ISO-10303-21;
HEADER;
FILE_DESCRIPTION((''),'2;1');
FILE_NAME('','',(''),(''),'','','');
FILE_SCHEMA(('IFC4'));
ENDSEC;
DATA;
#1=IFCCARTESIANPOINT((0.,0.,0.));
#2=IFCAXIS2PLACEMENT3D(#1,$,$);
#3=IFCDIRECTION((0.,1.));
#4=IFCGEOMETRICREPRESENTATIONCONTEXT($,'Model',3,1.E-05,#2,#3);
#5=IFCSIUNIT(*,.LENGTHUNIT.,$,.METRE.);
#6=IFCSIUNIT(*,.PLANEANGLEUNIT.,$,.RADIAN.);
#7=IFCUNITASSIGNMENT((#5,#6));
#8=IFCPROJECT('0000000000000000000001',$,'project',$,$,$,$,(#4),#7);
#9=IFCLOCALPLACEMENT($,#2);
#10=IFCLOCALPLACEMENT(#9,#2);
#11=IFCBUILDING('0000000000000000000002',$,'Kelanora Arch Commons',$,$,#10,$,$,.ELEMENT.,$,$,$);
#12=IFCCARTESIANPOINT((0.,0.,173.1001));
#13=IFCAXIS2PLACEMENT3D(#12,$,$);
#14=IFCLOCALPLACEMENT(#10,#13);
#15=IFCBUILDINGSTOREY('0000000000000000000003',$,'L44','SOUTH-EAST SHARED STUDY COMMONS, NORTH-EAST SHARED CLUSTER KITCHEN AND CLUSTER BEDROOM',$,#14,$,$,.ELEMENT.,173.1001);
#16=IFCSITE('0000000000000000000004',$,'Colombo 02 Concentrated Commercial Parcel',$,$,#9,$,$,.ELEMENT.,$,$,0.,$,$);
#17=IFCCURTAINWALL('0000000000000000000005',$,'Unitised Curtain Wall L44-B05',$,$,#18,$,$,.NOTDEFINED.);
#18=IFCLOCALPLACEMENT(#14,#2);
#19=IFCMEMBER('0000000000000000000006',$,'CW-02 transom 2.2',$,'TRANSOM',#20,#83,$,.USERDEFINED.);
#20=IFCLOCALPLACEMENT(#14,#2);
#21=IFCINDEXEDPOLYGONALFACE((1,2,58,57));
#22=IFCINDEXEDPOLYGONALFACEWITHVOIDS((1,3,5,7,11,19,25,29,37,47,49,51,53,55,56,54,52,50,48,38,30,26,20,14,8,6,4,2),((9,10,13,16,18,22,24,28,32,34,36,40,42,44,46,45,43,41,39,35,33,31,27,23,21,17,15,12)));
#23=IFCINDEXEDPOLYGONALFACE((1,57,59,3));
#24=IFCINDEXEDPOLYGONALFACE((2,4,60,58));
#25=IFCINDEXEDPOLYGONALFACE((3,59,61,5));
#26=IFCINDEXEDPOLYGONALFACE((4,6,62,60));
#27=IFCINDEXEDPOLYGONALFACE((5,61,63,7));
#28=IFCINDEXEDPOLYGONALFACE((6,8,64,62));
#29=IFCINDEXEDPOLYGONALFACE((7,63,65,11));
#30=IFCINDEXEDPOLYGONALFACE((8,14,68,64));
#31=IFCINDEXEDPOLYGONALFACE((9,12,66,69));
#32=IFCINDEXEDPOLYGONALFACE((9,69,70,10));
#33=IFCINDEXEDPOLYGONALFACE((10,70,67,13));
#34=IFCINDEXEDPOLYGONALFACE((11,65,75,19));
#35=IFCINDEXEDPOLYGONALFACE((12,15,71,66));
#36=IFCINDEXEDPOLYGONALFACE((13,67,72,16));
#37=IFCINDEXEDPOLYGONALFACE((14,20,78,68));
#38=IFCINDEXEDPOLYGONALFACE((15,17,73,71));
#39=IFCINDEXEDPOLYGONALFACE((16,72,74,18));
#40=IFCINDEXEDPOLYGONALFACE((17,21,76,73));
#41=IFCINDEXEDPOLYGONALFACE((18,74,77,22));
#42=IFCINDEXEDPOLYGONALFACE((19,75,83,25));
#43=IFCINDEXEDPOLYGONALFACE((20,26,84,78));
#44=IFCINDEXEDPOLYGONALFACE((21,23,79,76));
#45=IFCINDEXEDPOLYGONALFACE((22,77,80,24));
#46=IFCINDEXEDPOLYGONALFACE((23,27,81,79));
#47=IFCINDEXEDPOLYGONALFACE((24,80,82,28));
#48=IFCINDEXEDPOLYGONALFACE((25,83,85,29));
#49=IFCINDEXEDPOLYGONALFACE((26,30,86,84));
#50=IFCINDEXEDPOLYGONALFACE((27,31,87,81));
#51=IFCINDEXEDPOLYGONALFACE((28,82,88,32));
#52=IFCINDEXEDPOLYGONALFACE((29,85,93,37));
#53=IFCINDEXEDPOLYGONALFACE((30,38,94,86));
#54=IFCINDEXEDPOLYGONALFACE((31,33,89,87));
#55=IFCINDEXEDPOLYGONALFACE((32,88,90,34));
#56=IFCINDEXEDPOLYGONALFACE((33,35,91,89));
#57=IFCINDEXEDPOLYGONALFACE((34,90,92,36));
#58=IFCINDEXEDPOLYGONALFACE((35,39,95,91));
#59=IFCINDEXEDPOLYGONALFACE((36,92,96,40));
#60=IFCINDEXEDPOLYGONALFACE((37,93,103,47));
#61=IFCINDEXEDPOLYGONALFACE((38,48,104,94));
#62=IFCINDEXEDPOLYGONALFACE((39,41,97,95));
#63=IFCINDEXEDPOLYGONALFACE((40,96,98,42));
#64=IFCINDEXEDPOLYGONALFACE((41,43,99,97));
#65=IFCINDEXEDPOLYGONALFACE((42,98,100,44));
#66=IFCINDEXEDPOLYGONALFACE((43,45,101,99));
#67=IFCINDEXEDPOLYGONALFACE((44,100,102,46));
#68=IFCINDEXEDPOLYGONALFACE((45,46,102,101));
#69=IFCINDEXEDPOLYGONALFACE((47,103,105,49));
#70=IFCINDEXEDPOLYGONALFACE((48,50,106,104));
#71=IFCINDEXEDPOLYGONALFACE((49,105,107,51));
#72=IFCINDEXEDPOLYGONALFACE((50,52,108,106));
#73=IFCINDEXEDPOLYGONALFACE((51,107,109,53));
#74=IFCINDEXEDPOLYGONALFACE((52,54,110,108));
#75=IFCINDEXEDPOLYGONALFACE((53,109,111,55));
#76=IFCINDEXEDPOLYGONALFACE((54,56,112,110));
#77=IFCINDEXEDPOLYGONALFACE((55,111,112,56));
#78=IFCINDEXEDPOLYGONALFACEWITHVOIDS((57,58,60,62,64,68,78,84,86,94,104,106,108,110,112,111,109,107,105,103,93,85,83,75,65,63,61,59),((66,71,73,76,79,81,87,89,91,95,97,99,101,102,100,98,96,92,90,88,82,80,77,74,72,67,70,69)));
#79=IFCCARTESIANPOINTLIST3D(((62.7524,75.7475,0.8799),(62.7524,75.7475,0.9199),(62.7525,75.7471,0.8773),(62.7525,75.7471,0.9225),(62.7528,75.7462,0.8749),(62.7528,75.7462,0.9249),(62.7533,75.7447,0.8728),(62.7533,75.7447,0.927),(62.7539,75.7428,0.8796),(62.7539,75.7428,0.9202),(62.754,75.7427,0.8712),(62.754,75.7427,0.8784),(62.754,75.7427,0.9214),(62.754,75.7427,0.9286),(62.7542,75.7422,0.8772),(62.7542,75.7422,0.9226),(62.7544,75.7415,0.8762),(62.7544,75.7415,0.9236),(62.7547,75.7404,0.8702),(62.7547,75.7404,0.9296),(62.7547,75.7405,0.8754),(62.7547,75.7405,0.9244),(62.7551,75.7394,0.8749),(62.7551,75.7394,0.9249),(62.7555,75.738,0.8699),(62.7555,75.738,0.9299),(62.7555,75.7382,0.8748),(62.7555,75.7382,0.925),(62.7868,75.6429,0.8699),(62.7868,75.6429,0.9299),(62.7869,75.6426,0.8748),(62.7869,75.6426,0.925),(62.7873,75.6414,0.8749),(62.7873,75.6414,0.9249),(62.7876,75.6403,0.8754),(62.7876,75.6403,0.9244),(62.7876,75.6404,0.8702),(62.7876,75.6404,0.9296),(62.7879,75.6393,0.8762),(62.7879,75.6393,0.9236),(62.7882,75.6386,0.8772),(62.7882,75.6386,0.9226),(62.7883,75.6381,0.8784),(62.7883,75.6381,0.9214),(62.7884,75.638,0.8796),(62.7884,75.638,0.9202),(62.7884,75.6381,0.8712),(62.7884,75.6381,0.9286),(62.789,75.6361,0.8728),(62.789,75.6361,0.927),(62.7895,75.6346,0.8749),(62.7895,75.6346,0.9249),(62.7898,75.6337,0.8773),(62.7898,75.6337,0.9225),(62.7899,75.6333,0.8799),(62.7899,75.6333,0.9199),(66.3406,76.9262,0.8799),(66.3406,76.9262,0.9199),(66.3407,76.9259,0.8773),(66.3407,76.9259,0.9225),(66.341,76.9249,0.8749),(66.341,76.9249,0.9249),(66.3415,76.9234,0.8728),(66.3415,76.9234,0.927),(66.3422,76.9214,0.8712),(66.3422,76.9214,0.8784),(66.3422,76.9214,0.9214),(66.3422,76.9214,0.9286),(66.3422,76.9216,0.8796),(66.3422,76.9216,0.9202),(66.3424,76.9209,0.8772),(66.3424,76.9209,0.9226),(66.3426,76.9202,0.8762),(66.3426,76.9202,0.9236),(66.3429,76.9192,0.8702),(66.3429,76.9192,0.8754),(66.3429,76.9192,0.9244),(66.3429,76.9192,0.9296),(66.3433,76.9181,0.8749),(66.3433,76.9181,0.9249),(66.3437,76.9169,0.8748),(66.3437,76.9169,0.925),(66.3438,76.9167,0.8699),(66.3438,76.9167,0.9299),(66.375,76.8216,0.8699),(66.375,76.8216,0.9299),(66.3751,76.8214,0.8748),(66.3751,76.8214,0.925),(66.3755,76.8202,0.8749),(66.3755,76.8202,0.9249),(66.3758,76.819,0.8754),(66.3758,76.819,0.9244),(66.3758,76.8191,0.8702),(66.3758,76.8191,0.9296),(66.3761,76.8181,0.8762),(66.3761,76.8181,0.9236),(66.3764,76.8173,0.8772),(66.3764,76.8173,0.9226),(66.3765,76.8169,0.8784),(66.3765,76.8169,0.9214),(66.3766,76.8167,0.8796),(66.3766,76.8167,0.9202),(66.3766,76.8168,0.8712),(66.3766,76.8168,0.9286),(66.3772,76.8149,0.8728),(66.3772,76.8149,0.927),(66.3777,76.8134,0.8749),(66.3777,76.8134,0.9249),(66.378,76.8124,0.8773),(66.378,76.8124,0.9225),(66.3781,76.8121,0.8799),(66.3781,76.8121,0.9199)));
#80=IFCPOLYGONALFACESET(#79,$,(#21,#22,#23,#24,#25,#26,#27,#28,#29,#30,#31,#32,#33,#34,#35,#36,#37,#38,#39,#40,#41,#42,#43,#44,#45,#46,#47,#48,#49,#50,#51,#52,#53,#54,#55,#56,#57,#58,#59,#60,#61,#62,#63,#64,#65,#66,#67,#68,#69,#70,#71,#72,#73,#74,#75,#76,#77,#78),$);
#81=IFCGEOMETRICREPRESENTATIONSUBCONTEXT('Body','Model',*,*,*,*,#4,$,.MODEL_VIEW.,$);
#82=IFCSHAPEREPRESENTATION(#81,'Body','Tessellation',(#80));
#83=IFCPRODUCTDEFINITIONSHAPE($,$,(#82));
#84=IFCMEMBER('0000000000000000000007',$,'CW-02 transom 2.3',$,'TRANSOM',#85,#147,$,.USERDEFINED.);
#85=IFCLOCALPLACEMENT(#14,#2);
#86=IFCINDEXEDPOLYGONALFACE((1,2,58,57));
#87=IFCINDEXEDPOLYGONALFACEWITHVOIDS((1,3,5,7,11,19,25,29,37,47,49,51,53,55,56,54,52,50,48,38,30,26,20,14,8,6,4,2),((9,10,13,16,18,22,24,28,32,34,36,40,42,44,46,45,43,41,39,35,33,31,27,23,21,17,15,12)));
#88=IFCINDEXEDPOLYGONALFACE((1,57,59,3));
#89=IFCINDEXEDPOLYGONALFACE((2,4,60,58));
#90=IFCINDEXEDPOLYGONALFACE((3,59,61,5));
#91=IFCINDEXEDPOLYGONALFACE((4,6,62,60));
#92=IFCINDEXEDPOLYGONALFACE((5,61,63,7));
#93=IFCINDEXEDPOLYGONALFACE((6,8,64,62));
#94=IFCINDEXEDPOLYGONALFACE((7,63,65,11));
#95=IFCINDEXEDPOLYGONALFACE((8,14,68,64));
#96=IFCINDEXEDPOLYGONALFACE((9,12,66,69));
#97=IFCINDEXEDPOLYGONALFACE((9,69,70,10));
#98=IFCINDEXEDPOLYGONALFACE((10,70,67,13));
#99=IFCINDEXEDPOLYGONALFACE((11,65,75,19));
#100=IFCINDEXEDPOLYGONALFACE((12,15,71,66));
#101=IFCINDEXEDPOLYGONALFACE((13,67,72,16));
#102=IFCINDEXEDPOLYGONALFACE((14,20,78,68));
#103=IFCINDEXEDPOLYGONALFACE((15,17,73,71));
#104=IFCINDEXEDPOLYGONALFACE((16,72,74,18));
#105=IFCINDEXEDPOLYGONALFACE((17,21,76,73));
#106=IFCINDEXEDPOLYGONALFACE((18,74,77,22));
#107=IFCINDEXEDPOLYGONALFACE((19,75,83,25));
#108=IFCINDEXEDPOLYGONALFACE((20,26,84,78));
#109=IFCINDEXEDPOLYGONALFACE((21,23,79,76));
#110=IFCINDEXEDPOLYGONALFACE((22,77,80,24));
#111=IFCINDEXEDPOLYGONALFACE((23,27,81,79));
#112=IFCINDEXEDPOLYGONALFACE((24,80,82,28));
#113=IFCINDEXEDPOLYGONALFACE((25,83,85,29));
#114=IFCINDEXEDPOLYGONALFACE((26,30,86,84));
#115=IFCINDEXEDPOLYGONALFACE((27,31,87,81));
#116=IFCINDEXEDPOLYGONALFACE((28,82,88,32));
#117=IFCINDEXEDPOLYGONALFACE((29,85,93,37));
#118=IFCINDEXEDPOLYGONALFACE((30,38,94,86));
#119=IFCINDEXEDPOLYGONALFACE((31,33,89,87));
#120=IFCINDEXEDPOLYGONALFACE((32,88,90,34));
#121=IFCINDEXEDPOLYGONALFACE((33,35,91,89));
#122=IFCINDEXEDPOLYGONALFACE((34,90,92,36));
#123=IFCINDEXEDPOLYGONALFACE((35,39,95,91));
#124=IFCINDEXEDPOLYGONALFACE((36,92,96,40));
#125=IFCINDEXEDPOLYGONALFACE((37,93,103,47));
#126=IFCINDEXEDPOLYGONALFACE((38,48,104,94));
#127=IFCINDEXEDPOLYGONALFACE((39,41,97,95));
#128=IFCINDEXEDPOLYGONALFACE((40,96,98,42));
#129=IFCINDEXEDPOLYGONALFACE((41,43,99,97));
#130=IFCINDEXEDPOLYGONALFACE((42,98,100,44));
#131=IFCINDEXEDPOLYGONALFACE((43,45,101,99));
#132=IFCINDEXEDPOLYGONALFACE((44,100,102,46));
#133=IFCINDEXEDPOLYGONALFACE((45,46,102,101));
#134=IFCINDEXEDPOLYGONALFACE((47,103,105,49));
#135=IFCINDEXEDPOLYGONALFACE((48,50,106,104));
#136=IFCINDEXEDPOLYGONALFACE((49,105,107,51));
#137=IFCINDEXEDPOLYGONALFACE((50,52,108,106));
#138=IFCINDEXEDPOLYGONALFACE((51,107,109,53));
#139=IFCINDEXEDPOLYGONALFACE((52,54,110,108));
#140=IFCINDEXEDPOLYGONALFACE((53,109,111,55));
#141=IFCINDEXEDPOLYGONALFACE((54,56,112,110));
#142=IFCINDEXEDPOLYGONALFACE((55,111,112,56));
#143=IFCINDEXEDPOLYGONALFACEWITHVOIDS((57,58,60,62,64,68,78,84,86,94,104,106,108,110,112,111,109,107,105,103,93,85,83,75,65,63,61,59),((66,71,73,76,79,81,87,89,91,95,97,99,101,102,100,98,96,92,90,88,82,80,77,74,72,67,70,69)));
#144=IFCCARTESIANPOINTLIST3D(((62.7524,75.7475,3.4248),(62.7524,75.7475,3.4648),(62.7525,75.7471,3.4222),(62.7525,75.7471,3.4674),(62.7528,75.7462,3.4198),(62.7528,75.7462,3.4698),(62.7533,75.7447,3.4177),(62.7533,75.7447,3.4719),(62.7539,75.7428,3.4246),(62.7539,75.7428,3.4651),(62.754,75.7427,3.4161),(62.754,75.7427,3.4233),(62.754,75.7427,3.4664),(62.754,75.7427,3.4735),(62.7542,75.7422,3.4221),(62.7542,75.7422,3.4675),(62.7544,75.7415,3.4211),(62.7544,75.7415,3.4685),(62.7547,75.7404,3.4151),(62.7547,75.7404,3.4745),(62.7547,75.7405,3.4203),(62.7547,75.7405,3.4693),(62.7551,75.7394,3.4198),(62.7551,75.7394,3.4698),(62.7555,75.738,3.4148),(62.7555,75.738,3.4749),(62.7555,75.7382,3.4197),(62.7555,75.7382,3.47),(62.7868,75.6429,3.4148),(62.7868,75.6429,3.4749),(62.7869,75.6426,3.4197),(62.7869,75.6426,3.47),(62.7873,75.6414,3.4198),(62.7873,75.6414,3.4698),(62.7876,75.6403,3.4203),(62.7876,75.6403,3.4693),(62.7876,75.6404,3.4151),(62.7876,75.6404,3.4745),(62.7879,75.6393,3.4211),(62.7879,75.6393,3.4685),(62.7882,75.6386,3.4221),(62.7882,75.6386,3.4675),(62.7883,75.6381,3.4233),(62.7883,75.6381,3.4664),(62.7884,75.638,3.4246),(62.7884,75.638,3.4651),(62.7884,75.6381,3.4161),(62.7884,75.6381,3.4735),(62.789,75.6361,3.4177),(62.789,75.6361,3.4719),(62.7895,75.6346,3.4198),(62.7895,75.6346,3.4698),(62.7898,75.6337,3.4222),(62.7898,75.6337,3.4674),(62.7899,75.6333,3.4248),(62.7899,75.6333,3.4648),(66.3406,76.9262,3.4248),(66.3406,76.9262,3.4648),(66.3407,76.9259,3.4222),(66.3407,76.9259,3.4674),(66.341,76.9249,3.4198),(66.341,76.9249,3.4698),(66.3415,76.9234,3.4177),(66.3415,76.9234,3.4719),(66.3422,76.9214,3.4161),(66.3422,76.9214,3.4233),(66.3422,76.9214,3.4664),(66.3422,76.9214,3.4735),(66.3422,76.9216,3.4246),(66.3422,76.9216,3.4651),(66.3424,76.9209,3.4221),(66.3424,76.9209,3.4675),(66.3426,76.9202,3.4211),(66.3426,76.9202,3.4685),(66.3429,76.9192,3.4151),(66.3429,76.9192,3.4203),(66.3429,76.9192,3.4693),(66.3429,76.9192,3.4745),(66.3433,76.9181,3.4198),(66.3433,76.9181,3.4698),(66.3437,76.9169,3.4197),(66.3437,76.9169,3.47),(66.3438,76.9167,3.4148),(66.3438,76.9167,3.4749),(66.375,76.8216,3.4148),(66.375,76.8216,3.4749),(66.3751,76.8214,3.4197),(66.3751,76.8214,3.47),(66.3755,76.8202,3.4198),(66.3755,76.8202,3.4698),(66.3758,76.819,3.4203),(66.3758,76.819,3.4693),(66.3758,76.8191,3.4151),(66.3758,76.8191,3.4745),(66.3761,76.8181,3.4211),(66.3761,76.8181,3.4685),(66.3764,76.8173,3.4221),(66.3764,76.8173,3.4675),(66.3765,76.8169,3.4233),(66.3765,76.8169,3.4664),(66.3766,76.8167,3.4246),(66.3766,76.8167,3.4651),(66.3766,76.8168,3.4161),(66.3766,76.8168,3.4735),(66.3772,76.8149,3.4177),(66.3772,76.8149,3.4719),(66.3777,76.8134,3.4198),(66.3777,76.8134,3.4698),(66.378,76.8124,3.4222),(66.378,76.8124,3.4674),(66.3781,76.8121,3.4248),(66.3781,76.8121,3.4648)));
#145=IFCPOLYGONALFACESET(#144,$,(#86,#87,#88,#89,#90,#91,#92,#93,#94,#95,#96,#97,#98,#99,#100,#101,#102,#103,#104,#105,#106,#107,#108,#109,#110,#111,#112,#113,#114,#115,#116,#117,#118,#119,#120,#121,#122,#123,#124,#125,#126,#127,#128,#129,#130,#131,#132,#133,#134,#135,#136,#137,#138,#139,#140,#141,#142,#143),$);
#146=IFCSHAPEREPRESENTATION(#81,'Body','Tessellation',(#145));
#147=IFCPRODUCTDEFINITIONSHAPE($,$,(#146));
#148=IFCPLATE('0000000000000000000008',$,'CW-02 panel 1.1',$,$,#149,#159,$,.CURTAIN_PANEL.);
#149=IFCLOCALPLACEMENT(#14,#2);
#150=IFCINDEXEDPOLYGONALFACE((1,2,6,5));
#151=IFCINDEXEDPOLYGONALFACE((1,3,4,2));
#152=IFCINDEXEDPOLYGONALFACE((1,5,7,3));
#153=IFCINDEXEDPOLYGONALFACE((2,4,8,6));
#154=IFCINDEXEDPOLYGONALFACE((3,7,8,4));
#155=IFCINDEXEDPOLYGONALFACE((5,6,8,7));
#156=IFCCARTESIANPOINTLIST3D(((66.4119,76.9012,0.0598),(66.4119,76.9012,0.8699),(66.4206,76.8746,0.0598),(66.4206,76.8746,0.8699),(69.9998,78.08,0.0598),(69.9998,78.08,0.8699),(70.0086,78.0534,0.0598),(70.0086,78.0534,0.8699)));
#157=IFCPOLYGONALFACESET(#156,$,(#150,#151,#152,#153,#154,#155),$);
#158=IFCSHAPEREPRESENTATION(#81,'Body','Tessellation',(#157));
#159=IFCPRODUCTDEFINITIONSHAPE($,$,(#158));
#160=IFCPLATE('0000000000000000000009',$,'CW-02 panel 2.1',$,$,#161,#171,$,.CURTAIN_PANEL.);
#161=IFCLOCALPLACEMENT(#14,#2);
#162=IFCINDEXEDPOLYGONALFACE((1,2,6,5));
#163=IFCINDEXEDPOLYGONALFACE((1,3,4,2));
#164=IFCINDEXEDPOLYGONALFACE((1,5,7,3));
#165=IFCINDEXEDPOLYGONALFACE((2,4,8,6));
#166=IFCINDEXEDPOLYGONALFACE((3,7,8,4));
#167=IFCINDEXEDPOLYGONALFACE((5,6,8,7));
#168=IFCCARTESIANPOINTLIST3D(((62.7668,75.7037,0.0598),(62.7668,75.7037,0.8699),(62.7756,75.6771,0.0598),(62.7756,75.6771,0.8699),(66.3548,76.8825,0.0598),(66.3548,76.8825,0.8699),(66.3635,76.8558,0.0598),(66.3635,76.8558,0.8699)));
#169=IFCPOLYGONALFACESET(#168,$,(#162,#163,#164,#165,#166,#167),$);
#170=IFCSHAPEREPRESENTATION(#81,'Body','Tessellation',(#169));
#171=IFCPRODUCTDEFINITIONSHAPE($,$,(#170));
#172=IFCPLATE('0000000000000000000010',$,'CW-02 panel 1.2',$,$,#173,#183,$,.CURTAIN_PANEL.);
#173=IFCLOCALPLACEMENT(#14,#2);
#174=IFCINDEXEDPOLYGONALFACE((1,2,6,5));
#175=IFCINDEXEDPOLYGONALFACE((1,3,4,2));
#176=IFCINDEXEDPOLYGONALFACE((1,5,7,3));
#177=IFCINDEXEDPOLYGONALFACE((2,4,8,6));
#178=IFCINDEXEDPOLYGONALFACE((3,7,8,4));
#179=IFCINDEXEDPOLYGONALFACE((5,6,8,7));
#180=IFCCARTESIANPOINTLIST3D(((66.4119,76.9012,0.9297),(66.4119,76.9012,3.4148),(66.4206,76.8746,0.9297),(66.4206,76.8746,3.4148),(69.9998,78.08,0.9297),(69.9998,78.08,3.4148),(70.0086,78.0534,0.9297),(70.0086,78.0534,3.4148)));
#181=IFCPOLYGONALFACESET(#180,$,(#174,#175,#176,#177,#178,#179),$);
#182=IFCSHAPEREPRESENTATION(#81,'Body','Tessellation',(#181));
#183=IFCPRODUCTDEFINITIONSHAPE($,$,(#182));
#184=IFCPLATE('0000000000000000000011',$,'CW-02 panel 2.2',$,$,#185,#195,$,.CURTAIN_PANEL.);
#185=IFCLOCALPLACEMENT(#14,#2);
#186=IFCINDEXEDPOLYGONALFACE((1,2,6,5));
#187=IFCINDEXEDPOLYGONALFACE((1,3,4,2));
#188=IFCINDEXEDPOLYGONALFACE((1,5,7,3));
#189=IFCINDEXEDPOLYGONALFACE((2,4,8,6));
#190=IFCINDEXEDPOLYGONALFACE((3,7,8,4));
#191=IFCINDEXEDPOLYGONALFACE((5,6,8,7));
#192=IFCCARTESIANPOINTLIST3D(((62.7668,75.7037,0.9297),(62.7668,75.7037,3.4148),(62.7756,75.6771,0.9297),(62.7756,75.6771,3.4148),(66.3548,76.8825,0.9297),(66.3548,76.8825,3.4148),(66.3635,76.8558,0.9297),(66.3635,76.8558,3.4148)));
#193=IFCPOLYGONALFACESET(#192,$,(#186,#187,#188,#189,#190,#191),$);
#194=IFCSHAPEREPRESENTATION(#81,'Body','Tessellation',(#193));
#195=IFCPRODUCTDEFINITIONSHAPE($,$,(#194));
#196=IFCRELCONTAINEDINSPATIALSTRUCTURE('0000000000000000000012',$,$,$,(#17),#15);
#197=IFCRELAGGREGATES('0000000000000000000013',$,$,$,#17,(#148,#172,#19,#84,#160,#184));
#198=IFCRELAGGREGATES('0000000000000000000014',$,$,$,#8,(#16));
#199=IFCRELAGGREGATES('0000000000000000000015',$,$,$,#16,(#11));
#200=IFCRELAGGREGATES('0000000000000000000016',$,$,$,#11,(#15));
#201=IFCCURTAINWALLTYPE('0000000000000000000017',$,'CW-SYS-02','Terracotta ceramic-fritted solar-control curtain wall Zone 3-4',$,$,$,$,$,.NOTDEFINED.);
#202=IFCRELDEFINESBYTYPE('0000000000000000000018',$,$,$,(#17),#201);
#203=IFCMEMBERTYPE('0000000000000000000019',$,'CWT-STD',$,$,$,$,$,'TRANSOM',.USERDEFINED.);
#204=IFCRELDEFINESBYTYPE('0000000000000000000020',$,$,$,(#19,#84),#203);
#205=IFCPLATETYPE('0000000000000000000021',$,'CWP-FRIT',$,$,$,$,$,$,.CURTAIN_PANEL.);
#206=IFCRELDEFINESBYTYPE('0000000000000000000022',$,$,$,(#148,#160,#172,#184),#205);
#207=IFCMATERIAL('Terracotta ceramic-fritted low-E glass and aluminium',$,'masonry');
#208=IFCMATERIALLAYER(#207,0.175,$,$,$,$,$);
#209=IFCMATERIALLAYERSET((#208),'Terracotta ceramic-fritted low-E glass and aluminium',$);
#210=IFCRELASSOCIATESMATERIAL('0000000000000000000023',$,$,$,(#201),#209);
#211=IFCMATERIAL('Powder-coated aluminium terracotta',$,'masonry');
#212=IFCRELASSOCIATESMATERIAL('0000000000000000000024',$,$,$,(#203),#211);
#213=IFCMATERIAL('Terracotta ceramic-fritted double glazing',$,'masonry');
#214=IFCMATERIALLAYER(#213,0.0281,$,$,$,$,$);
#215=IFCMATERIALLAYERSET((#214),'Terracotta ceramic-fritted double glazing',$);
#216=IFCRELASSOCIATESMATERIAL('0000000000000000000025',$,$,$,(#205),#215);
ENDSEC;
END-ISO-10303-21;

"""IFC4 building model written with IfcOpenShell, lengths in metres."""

from ifc_helpers import new_model, si_unit, direction, frame, origin, origin_2d, place, context, subcontext, project, spatial, rectangle, hollow_rectangle, extrude, source, transform, mapped, material, layer, layer_set, material_profile, profile_set, type_object, element, aggregate, save


model = new_model("IFC4")

# Units and contexts
model_context = context("Model", 3, precision=1e-05, world=origin(), true_north=direction((0.0, 1.0)))
body_context = subcontext(model_context, "Body", "Model", "MODEL_VIEW")
ifc_project = project(units=[si_unit("LENGTHUNIT", "METRE"), si_unit("PLANEANGLEUNIT", "RADIAN")], contexts=[model_context])

# Site, building, storey
site_placement = place(None, origin())
site = spatial("IfcSite", under=ifc_project, at=site_placement, Name="Colombo 02 Concentrated Commercial Parcel", CompositionType="ELEMENT", RefElevation=0.0)
building_placement = place(site_placement, origin())
building = spatial("IfcBuilding", under=site, at=building_placement, Name="Kelanora Arch Commons", CompositionType="ELEMENT")
storey_placement = place(building_placement, frame((0.0, 0.0, 173.1001)))
storey = spatial("IfcBuildingStorey", under=building, at=storey_placement, Name="L44", Description="SOUTH-EAST SHARED STUDY COMMONS, NORTH-EAST SHARED CLUSTER KITCHEN AND CLUSTER BEDROOM", CompositionType="ELEMENT", Elevation=173.1001)

# Curtain wall, members, plates
ifc_material_1 = material(Name="Terracotta ceramic-fritted low-E glass and aluminium", Category="masonry")
ifc_layer_1 = layer(ifc_material_1, 0.175)
ifc_layer_set_1 = layer_set([ifc_layer_1], Name="Terracotta ceramic-fritted low-E glass and aluminium")
curtain_wall_type = type_object("IfcCurtainWallType", Name="CW-SYS-02", Description="Terracotta ceramic-fritted solar-control curtain wall Zone 3-4", PredefinedType="NOTDEFINED", material=ifc_layer_set_1)
curtain_wall_placement = place(storey_placement, origin())
curtain_wall = element("IfcCurtainWall", 1, at=curtain_wall_placement, inside=storey, type_object=curtain_wall_type, Name="Unitised Curtain Wall L44-B05", PredefinedType="NOTDEFINED")
ifc_material_2 = material(Name="Powder-coated aluminium terracotta", Category="masonry")
ifc_material_profile_1 = material_profile(ifc_material_2, hollow_rectangle(XDim=0.1201, YDim=0.0601, WallThickness=0.0049, InnerFilletRadius=0.0049, OuterFilletRadius=0.01, at=origin_2d()), Name="CWT120x60")
ifc_profile_set_1 = profile_set([ifc_material_profile_1], Name="Powder-coated aluminium terracotta")
member_type_1 = type_object("IfcMemberType", Name="CWT-STD", ElementType="TRANSOM", PredefinedType="USERDEFINED", material=ifc_profile_set_1)
member_1_placement = place(storey_placement, frame((66.3594, 76.8691, 0.8999), z_axis=(-0.950051, -0.312094, 0.0), x_axis=(0.312094, -0.950051, 0.0)))
member_1 = element("IfcMember", 2, at=member_1_placement, type_object=member_type_1, Name="CW-02 transom 2.2", ObjectType="TRANSOM", PredefinedType="USERDEFINED", context=body_context, shape_type="SweptSolid", body=[
    extrude(hollow_rectangle(XDim=0.1201, YDim=0.0601, WallThickness=0.0049, InnerFilletRadius=0.0049, OuterFilletRadius=0.01, at=origin_2d()), origin(), (0.0, 0.0, 1.0), 3.7769),
])
member_2_placement = place(storey_placement, frame((66.3594, 76.8691, 3.4448), z_axis=(-0.950051, -0.312094, 0.0), x_axis=(0.312094, -0.950051, 0.0)))
member_2 = element("IfcMember", 3, at=member_2_placement, type_object=member_type_1, Name="CW-02 transom 2.3", ObjectType="TRANSOM", PredefinedType="USERDEFINED", context=body_context, shape_type="SweptSolid", body=[
    extrude(hollow_rectangle(XDim=0.1201, YDim=0.0601, WallThickness=0.0049, InnerFilletRadius=0.0049, OuterFilletRadius=0.01, at=origin_2d()), origin(), (0.0, 0.0, 1.0), 3.7769),
])
ifc_material_3 = material(Name="Terracotta ceramic-fritted double glazing", Category="masonry")
ifc_layer_2 = layer(ifc_material_3, 0.0281)
ifc_layer_set_2 = layer_set([ifc_layer_2], Name="Terracotta ceramic-fritted double glazing")
plate_type = type_object("IfcPlateType", Name="CWP-FRIT", PredefinedType="CURTAIN_PANEL", material=ifc_layer_set_2)
shared_shape_1 = source(origin(), body_context, "Body", "SweptSolid", [
    extrude(rectangle(XDim=3.7766, YDim=0.0281, at=origin_2d()), origin(), (0.0, 0.0, 1.0), 0.8101),
])
plate_1_placement = place(storey_placement, frame((68.2102, 77.4773, 0.0598), z_axis=(0.0, 0.0, 1.0), x_axis=(-0.95004, -0.312128, 0.0)))
plate_1 = element("IfcPlate", 4, at=plate_1_placement, type_object=plate_type, Name="CW-02 panel 1.1", PredefinedType="CURTAIN_PANEL", context=body_context, shape_type="MappedRepresentation", body=[
    mapped(shared_shape_1, transform((0.0, 0.0, 0.0), scale=1.0)),
])
plate_2_placement = place(storey_placement, frame((64.5652, 76.2798, 0.0598), z_axis=(0.0, 0.0, 1.0), x_axis=(-0.95004, -0.312128, 0.0)))
plate_2 = element("IfcPlate", 5, at=plate_2_placement, type_object=plate_type, Name="CW-02 panel 2.1", PredefinedType="CURTAIN_PANEL", context=body_context, shape_type="MappedRepresentation", body=[
    mapped(shared_shape_1, transform((0.0, 0.0, 0.0), scale=1.0)),
])
shared_shape_2 = source(origin(), body_context, "Body", "SweptSolid", [
    extrude(rectangle(XDim=3.7766, YDim=0.0281, at=origin_2d()), origin(), (0.0, 0.0, 1.0), 2.4851),
])
plate_3_placement = place(storey_placement, frame((68.2102, 77.4773, 0.9297), z_axis=(0.0, 0.0, 1.0), x_axis=(-0.95004, -0.312128, 0.0)))
plate_3 = element("IfcPlate", 6, at=plate_3_placement, type_object=plate_type, Name="CW-02 panel 1.2", PredefinedType="CURTAIN_PANEL", context=body_context, shape_type="MappedRepresentation", body=[
    mapped(shared_shape_2, transform((0.0, 0.0, 0.0), scale=1.0)),
])
plate_4_placement = place(storey_placement, frame((64.5652, 76.2798, 0.9297), z_axis=(0.0, 0.0, 1.0), x_axis=(-0.95004, -0.312128, 0.0)))
plate_4 = element("IfcPlate", 7, at=plate_4_placement, type_object=plate_type, Name="CW-02 panel 2.2", PredefinedType="CURTAIN_PANEL", context=body_context, shape_type="MappedRepresentation", body=[
    mapped(shared_shape_2, transform((0.0, 0.0, 0.0), scale=1.0)),
])
aggregate(curtain_wall, [plate_1, plate_3, member_1, member_2, plate_2, plate_4])

save(model, "model.ifc")
